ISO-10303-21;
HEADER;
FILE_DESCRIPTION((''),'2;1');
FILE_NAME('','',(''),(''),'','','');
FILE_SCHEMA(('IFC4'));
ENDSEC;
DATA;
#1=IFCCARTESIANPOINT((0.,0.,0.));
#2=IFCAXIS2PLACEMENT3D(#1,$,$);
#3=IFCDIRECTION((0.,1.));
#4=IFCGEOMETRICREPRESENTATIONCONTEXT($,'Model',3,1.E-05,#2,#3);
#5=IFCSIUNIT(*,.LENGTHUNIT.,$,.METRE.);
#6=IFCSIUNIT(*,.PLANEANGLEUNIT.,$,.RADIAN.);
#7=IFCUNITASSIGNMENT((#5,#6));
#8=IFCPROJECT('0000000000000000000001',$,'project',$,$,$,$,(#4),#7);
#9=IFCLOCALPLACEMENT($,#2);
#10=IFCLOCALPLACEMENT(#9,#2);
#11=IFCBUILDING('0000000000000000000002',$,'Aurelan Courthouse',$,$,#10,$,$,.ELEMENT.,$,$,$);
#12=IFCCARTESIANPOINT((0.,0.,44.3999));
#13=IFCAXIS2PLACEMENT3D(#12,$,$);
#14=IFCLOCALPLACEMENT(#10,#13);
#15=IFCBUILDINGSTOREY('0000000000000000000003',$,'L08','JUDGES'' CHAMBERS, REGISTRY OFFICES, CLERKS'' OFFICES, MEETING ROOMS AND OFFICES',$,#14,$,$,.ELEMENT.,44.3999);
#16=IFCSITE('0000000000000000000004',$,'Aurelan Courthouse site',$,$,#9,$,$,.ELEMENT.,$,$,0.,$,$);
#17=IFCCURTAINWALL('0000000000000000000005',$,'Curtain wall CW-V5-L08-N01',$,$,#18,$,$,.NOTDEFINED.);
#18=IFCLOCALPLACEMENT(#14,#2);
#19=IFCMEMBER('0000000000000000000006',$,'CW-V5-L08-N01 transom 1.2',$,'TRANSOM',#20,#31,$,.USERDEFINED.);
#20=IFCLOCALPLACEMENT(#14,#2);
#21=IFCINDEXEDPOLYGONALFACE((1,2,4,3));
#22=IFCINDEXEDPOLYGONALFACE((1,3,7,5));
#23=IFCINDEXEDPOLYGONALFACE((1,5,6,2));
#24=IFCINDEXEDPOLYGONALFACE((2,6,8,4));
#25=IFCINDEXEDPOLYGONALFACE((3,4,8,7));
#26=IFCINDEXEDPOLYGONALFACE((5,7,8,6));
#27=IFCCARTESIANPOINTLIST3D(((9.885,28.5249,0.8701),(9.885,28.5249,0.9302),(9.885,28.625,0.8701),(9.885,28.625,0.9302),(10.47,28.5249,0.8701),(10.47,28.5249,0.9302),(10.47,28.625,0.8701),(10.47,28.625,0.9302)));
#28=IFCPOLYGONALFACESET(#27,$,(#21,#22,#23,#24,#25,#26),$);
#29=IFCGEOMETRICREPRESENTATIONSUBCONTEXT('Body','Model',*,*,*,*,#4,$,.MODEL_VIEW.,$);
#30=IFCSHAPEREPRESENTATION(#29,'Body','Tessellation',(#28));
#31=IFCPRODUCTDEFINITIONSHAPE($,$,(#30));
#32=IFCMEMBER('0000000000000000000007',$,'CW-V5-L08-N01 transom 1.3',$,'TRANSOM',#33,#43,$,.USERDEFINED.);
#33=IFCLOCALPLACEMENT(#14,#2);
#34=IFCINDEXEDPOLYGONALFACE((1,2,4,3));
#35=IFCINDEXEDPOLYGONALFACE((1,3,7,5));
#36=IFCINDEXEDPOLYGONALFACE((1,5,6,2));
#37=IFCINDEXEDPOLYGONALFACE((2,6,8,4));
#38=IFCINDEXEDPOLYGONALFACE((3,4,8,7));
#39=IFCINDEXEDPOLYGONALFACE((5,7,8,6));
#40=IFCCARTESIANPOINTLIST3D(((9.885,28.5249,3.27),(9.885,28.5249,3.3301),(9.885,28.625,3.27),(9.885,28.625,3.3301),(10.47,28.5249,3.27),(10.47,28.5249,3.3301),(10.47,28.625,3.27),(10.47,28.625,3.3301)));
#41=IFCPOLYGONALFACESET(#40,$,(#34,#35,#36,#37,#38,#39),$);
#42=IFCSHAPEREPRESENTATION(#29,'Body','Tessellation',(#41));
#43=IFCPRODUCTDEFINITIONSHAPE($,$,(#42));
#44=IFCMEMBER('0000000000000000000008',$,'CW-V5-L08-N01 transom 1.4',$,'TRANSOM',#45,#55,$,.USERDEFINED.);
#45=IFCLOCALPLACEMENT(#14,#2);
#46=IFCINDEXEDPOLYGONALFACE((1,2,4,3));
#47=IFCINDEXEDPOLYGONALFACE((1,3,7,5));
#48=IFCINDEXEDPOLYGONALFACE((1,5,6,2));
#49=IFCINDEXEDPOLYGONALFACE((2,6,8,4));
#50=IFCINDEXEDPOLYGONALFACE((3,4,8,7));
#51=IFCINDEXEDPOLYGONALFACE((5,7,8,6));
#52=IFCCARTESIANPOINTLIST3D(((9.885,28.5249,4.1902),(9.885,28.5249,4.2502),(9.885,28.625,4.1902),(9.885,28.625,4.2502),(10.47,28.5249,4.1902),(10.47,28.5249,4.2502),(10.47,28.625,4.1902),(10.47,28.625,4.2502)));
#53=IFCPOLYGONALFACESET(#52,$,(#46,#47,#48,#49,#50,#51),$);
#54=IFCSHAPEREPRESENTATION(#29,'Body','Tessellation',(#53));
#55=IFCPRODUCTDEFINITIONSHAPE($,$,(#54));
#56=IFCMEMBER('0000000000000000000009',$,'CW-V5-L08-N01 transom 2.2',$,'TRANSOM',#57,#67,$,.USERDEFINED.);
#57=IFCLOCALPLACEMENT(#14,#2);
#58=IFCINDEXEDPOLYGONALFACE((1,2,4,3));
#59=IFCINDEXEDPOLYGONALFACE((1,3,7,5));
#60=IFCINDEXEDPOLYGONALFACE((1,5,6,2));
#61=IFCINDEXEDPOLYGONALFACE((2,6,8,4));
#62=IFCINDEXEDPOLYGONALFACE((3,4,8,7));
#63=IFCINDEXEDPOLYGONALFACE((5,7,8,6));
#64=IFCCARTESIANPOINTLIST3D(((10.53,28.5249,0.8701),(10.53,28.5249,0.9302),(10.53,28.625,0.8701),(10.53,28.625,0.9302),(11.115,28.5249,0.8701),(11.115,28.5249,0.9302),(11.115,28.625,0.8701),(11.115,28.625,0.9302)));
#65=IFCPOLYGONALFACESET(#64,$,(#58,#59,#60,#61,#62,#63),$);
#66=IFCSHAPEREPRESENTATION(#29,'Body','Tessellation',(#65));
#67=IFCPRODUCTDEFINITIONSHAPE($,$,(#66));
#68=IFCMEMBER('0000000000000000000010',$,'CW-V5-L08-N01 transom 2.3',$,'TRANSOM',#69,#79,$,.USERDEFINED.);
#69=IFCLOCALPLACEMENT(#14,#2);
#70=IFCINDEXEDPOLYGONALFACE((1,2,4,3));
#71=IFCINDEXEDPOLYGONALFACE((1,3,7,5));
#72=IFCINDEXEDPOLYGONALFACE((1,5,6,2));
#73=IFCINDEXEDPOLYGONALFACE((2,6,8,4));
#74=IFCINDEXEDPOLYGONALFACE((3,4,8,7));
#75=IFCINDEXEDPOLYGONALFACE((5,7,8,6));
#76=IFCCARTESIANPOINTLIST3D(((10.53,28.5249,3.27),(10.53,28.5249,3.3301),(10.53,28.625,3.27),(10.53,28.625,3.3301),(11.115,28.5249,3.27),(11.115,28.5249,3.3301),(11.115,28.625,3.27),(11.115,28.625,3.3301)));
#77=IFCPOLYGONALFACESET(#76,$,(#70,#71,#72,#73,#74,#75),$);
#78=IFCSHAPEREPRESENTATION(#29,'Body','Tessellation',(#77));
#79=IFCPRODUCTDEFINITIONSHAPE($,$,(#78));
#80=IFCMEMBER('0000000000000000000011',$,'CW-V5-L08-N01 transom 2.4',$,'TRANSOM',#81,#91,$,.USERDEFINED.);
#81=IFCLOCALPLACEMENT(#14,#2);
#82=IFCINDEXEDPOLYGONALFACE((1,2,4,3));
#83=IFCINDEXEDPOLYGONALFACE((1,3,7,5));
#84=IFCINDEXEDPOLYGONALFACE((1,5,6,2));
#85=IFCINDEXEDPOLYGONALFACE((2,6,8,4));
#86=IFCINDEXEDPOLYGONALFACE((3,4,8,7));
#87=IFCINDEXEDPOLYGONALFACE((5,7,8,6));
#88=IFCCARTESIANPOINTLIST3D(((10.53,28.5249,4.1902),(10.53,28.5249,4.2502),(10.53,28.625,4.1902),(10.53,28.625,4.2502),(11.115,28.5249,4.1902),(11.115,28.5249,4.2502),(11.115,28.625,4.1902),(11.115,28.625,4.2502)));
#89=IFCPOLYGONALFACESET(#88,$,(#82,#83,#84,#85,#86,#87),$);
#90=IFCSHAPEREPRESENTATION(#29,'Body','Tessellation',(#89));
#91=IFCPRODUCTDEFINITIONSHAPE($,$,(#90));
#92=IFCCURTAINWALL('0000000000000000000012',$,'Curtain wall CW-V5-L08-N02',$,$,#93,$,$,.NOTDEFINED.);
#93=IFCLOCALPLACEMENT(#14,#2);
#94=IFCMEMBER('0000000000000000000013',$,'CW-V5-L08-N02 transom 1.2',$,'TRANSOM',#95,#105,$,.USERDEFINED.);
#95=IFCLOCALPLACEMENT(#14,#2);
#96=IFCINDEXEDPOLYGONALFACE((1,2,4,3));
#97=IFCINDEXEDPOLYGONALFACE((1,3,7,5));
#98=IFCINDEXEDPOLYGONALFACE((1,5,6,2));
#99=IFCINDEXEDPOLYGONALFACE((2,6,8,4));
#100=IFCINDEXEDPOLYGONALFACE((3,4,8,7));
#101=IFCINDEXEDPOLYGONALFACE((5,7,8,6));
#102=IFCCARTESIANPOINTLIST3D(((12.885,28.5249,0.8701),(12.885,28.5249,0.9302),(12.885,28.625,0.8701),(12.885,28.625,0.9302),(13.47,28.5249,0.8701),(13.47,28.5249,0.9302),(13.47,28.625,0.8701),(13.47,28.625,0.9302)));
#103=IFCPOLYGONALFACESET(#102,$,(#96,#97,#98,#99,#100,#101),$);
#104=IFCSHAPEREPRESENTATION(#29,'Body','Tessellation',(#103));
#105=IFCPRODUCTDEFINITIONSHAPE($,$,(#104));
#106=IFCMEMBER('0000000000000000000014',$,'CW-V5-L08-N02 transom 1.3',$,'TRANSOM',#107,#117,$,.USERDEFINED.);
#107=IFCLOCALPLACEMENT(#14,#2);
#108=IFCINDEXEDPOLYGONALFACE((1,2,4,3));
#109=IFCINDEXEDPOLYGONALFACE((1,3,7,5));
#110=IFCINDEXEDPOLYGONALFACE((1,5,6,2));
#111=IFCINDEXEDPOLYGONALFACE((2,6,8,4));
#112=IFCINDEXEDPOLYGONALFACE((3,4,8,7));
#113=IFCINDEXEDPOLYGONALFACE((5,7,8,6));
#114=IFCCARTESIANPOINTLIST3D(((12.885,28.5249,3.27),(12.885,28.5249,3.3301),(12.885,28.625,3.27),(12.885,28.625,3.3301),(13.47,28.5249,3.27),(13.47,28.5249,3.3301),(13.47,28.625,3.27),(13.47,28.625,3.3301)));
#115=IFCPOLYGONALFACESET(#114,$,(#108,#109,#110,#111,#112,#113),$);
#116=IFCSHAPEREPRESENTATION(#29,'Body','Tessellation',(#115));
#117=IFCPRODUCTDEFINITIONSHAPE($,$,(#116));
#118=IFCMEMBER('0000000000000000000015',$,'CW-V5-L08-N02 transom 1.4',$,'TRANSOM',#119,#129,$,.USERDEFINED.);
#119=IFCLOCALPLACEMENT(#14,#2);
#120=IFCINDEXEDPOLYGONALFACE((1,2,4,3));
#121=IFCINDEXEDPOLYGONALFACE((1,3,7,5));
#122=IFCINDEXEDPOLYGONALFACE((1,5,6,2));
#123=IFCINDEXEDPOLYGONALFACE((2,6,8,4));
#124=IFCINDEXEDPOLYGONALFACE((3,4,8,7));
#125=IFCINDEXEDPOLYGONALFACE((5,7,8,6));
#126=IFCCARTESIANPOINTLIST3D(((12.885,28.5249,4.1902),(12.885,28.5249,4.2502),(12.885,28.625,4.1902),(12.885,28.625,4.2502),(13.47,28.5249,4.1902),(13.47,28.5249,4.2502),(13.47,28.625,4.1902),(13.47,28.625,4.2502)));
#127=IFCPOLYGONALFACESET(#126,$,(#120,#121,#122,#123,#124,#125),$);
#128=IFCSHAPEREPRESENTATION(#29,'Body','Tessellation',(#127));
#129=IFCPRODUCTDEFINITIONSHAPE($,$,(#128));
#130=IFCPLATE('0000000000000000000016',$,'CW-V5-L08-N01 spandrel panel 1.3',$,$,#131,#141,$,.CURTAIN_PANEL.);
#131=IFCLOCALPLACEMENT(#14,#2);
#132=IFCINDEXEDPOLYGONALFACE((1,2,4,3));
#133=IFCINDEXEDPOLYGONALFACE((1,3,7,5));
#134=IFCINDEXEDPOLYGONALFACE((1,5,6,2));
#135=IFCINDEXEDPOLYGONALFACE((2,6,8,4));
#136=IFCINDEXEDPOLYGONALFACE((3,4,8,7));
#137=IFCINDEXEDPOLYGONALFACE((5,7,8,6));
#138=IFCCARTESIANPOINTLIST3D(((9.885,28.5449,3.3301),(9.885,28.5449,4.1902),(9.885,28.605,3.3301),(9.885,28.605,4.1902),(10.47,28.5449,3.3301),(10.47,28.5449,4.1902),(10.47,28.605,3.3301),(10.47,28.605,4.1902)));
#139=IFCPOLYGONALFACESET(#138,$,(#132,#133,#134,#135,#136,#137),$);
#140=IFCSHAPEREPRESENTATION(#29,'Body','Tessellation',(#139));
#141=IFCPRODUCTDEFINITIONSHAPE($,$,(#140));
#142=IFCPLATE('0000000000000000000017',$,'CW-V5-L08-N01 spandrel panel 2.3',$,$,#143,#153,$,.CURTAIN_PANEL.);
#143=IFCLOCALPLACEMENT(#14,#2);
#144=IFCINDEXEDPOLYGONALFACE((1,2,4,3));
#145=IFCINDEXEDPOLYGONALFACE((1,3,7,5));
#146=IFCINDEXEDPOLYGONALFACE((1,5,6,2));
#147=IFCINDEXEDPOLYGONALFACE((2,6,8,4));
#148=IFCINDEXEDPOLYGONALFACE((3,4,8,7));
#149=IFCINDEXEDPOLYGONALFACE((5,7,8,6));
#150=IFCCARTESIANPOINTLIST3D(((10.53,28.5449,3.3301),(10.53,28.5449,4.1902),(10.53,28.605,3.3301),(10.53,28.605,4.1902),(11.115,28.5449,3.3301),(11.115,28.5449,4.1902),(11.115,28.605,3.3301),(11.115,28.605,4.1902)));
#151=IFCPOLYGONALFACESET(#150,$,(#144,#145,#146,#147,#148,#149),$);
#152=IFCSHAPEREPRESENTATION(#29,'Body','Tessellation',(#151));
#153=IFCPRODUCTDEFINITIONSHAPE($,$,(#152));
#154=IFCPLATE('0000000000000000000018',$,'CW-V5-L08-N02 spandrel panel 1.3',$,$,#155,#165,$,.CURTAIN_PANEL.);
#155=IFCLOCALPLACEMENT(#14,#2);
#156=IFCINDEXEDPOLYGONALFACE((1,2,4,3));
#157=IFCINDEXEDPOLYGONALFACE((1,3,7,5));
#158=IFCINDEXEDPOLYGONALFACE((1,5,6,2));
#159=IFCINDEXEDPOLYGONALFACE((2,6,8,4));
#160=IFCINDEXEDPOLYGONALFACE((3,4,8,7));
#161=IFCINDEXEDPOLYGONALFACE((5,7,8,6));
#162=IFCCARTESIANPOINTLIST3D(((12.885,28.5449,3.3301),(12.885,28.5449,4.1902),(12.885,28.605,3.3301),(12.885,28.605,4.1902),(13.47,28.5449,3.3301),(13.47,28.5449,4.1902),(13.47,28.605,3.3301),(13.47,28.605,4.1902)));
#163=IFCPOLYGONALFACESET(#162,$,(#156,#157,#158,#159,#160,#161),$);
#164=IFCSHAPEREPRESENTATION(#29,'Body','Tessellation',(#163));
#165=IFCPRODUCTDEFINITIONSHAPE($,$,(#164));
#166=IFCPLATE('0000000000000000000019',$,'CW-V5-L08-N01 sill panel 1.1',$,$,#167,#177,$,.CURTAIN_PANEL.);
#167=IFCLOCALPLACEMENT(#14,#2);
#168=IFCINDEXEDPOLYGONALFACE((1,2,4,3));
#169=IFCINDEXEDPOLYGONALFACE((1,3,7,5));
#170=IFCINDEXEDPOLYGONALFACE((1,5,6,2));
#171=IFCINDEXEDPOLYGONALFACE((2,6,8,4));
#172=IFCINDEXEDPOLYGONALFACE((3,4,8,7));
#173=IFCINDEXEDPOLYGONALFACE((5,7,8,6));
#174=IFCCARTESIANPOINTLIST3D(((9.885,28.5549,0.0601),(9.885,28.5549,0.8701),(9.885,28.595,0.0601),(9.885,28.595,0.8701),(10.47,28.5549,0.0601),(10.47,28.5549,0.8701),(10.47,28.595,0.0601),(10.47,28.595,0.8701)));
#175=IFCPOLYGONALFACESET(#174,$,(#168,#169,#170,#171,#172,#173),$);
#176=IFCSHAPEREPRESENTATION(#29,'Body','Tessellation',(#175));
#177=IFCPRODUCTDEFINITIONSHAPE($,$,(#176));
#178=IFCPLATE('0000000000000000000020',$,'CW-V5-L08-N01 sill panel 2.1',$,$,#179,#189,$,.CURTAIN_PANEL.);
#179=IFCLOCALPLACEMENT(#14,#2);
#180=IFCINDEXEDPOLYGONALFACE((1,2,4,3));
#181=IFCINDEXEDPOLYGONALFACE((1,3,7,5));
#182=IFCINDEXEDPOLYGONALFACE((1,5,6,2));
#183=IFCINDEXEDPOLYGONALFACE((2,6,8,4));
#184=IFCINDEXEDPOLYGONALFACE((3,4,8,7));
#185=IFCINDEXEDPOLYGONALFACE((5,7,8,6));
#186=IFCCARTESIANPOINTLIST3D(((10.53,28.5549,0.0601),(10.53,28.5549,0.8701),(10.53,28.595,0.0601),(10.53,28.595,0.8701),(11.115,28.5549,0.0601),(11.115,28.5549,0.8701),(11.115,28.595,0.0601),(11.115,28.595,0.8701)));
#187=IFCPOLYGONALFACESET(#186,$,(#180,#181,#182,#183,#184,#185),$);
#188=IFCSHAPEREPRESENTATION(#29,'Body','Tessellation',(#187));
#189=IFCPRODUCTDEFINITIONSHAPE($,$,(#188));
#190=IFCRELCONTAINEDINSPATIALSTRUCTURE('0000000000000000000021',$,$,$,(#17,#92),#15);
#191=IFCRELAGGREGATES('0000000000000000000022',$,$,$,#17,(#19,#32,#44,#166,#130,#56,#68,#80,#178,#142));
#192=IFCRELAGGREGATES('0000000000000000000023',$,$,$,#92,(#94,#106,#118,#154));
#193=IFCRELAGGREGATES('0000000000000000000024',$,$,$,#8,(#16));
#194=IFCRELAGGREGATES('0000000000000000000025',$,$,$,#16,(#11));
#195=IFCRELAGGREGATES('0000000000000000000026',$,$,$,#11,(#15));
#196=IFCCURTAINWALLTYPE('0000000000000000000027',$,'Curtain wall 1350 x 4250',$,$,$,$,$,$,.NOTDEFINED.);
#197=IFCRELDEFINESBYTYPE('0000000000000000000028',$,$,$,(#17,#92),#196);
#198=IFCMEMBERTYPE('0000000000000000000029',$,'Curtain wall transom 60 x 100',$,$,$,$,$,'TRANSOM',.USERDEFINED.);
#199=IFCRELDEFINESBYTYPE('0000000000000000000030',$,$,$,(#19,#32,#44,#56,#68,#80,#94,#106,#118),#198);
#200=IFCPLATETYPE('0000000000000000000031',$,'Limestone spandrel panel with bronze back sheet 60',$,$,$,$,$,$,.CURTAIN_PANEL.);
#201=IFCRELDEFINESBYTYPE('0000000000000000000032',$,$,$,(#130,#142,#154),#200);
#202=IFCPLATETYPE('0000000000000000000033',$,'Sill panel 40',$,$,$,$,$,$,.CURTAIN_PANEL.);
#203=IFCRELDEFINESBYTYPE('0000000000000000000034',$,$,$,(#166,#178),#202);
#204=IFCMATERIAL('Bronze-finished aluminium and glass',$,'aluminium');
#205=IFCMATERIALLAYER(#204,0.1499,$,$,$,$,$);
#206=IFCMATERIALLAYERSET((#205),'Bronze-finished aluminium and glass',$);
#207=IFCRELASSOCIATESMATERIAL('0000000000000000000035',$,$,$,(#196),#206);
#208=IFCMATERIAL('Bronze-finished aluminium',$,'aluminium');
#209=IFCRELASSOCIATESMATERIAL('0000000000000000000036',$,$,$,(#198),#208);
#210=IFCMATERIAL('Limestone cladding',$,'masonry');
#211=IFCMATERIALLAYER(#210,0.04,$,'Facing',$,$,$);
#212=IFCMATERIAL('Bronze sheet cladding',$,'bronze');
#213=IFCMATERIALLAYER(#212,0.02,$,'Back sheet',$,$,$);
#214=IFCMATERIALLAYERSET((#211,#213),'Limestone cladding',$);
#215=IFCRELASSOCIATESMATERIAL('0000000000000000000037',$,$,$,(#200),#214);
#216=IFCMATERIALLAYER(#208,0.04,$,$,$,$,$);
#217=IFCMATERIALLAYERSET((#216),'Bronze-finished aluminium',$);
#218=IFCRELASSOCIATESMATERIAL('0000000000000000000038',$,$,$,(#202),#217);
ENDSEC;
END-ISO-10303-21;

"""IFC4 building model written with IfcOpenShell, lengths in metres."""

from ifc_helpers import new_model, si_unit, direction, frame, origin, origin_2d, place, context, subcontext, project, spatial, rectangle, extrude, material, layer, layer_set, material_profile, profile_set, type_object, element, aggregate, save


model = new_model("IFC4")

# Units and contexts
model_context = context("Model", 3, precision=1e-05, world=origin(), true_north=direction((0.0, 1.0)))
body_context = subcontext(model_context, "Body", "Model", "MODEL_VIEW")
ifc_project = project(units=[si_unit("LENGTHUNIT", "METRE"), si_unit("PLANEANGLEUNIT", "RADIAN")], contexts=[model_context])

# Site, building, storey
site_placement = place(None, origin())
site = spatial("IfcSite", under=ifc_project, at=site_placement, Name="Aurelan Courthouse site", CompositionType="ELEMENT", RefElevation=0.0)
building_placement = place(site_placement, origin())
building = spatial("IfcBuilding", under=site, at=building_placement, Name="Aurelan Courthouse", CompositionType="ELEMENT")
storey_placement = place(building_placement, frame((0.0, 0.0, 44.3999)))
storey = spatial("IfcBuildingStorey", under=building, at=storey_placement, Name="L08", Description="JUDGES' CHAMBERS, REGISTRY OFFICES, CLERKS' OFFICES, MEETING ROOMS AND OFFICES", CompositionType="ELEMENT", Elevation=44.3999)

# Curtain walls, members
ifc_material_1 = material(Name="Bronze-finished aluminium and glass", Category="aluminium")
ifc_layer_1 = layer(ifc_material_1, 0.1499)
ifc_layer_set_1 = layer_set([ifc_layer_1], Name="Bronze-finished aluminium and glass")
curtain_wall_type = type_object("IfcCurtainWallType", Name="Curtain wall 1350 x 4250", PredefinedType="NOTDEFINED", material=ifc_layer_set_1)
curtain_wall_1_placement = place(storey_placement, origin())
curtain_wall_1 = element("IfcCurtainWall", 1, at=curtain_wall_1_placement, inside=storey, type_object=curtain_wall_type, Name="Curtain wall CW-V5-L08-N01", PredefinedType="NOTDEFINED")
ifc_material_2 = material(Name="Bronze-finished aluminium", Category="aluminium")
ifc_material_profile = material_profile(ifc_material_2, rectangle(XDim=0.1001, YDim=0.0601, at=origin_2d()), Name="Bronze transom 60 x 100")
ifc_profile_set = profile_set([ifc_material_profile], Name="Bronze-finished aluminium")
member_type = type_object("IfcMemberType", Name="Curtain wall transom 60 x 100", ElementType="TRANSOM", PredefinedType="USERDEFINED", material=ifc_profile_set)
member_1_placement = place(storey_placement, frame((9.885, 28.575, 0.9001), z_axis=(1.0, 0.0, 0.0), x_axis=(0.0, 1.0, 0.0)))
member_1 = element("IfcMember", 2, at=member_1_placement, type_object=member_type, Name="CW-V5-L08-N01 transom 1.2", ObjectType="TRANSOM", PredefinedType="USERDEFINED", context=body_context, shape_type="SweptSolid", body=[
    extrude(rectangle(XDim=0.1001, YDim=0.0601, at=origin_2d()), origin(), (0.0, 0.0, 1.0), 0.585),
])
member_2_placement = place(storey_placement, frame((9.885, 28.575, 3.3), z_axis=(1.0, 0.0, 0.0), x_axis=(0.0, 1.0, 0.0)))
member_2 = element("IfcMember", 3, at=member_2_placement, type_object=member_type, Name="CW-V5-L08-N01 transom 1.3", ObjectType="TRANSOM", PredefinedType="USERDEFINED", context=body_context, shape_type="SweptSolid", body=[
    extrude(rectangle(XDim=0.1001, YDim=0.0601, at=origin_2d()), origin(), (0.0, 0.0, 1.0), 0.585),
])
member_3_placement = place(storey_placement, frame((9.885, 28.575, 4.2202), z_axis=(1.0, 0.0, 0.0), x_axis=(0.0, 1.0, 0.0)))
member_3 = element("IfcMember", 4, at=member_3_placement, type_object=member_type, Name="CW-V5-L08-N01 transom 1.4", ObjectType="TRANSOM", PredefinedType="USERDEFINED", context=body_context, shape_type="SweptSolid", body=[
    extrude(rectangle(XDim=0.1001, YDim=0.0601, at=origin_2d()), origin(), (0.0, 0.0, 1.0), 0.585),
])
member_4_placement = place(storey_placement, frame((10.53, 28.575, 0.9001), z_axis=(1.0, 0.0, 0.0), x_axis=(0.0, 1.0, 0.0)))
member_4 = element("IfcMember", 5, at=member_4_placement, type_object=member_type, Name="CW-V5-L08-N01 transom 2.2", ObjectType="TRANSOM", PredefinedType="USERDEFINED", context=body_context, shape_type="SweptSolid", body=[
    extrude(rectangle(XDim=0.1001, YDim=0.0601, at=origin_2d()), origin(), (0.0, 0.0, 1.0), 0.585),
])
member_5_placement = place(storey_placement, frame((10.53, 28.575, 3.3), z_axis=(1.0, 0.0, 0.0), x_axis=(0.0, 1.0, 0.0)))
member_5 = element("IfcMember", 6, at=member_5_placement, type_object=member_type, Name="CW-V5-L08-N01 transom 2.3", ObjectType="TRANSOM", PredefinedType="USERDEFINED", context=body_context, shape_type="SweptSolid", body=[
    extrude(rectangle(XDim=0.1001, YDim=0.0601, at=origin_2d()), origin(), (0.0, 0.0, 1.0), 0.585),
])
member_6_placement = place(storey_placement, frame((10.53, 28.575, 4.2202), z_axis=(1.0, 0.0, 0.0), x_axis=(0.0, 1.0, 0.0)))
member_6 = element("IfcMember", 7, at=member_6_placement, type_object=member_type, Name="CW-V5-L08-N01 transom 2.4", ObjectType="TRANSOM", PredefinedType="USERDEFINED", context=body_context, shape_type="SweptSolid", body=[
    extrude(rectangle(XDim=0.1001, YDim=0.0601, at=origin_2d()), origin(), (0.0, 0.0, 1.0), 0.585),
])
curtain_wall_2_placement = place(storey_placement, origin())
curtain_wall_2 = element("IfcCurtainWall", 8, at=curtain_wall_2_placement, inside=storey, type_object=curtain_wall_type, Name="Curtain wall CW-V5-L08-N02", PredefinedType="NOTDEFINED")
member_7_placement = place(storey_placement, frame((12.885, 28.575, 0.9001), z_axis=(1.0, 0.0, 0.0), x_axis=(0.0, 1.0, 0.0)))
member_7 = element("IfcMember", 9, at=member_7_placement, type_object=member_type, Name="CW-V5-L08-N02 transom 1.2", ObjectType="TRANSOM", PredefinedType="USERDEFINED", context=body_context, shape_type="SweptSolid", body=[
    extrude(rectangle(XDim=0.1001, YDim=0.0601, at=origin_2d()), origin(), (0.0, 0.0, 1.0), 0.585),
])
member_8_placement = place(storey_placement, frame((12.885, 28.575, 3.3), z_axis=(1.0, 0.0, 0.0), x_axis=(0.0, 1.0, 0.0)))
member_8 = element("IfcMember", 10, at=member_8_placement, type_object=member_type, Name="CW-V5-L08-N02 transom 1.3", ObjectType="TRANSOM", PredefinedType="USERDEFINED", context=body_context, shape_type="SweptSolid", body=[
    extrude(rectangle(XDim=0.1001, YDim=0.0601, at=origin_2d()), origin(), (0.0, 0.0, 1.0), 0.585),
])
member_9_placement = place(storey_placement, frame((12.885, 28.575, 4.2202), z_axis=(1.0, 0.0, 0.0), x_axis=(0.0, 1.0, 0.0)))
member_9 = element("IfcMember", 11, at=member_9_placement, type_object=member_type, Name="CW-V5-L08-N02 transom 1.4", ObjectType="TRANSOM", PredefinedType="USERDEFINED", context=body_context, shape_type="SweptSolid", body=[
    extrude(rectangle(XDim=0.1001, YDim=0.0601, at=origin_2d()), origin(), (0.0, 0.0, 1.0), 0.585),
])

# Plates
ifc_material_3 = material(Name="Limestone cladding", Category="masonry")
ifc_layer_2 = layer(ifc_material_3, 0.04, Name="Facing")
ifc_material_4 = material(Name="Bronze sheet cladding", Category="bronze")
ifc_layer_3 = layer(ifc_material_4, 0.02, Name="Back sheet")
ifc_layer_set_2 = layer_set([ifc_layer_2, ifc_layer_3], Name="Limestone cladding")
plate_type_1 = type_object("IfcPlateType", Name="Limestone spandrel panel with bronze back sheet 60", PredefinedType="CURTAIN_PANEL", material=ifc_layer_set_2)
plate_1_placement = place(storey_placement, frame((10.1775, 28.575, 3.3301), z_axis=(0.0, 0.0, 1.0), x_axis=(1.0, 0.0, 0.0)))
plate_1 = element("IfcPlate", 12, at=plate_1_placement, type_object=plate_type_1, Name="CW-V5-L08-N01 spandrel panel 1.3", PredefinedType="CURTAIN_PANEL", context=body_context, shape_type="SweptSolid", body=[
    extrude(rectangle(XDim=0.585, YDim=0.0601, at=origin_2d()), origin(), (0.0, 0.0, 1.0), 0.8601),
])
plate_2_placement = place(storey_placement, frame((10.8225, 28.575, 3.3301), z_axis=(0.0, 0.0, 1.0), x_axis=(1.0, 0.0, 0.0)))
plate_2 = element("IfcPlate", 13, at=plate_2_placement, type_object=plate_type_1, Name="CW-V5-L08-N01 spandrel panel 2.3", PredefinedType="CURTAIN_PANEL", context=body_context, shape_type="SweptSolid", body=[
    extrude(rectangle(XDim=0.585, YDim=0.0601, at=origin_2d()), origin(), (0.0, 0.0, 1.0), 0.8601),
])
plate_3_placement = place(storey_placement, frame((13.1775, 28.575, 3.3301), z_axis=(0.0, 0.0, 1.0), x_axis=(1.0, 0.0, 0.0)))
plate_3 = element("IfcPlate", 14, at=plate_3_placement, type_object=plate_type_1, Name="CW-V5-L08-N02 spandrel panel 1.3", PredefinedType="CURTAIN_PANEL", context=body_context, shape_type="SweptSolid", body=[
    extrude(rectangle(XDim=0.585, YDim=0.0601, at=origin_2d()), origin(), (0.0, 0.0, 1.0), 0.8601),
])
ifc_layer_4 = layer(ifc_material_2, 0.04)
ifc_layer_set_3 = layer_set([ifc_layer_4], Name="Bronze-finished aluminium")
plate_type_2 = type_object("IfcPlateType", Name="Sill panel 40", PredefinedType="CURTAIN_PANEL", material=ifc_layer_set_3)
plate_4_placement = place(storey_placement, frame((10.1775, 28.575, 0.0601), z_axis=(0.0, 0.0, 1.0), x_axis=(1.0, 0.0, 0.0)))
plate_4 = element("IfcPlate", 15, at=plate_4_placement, type_object=plate_type_2, Name="CW-V5-L08-N01 sill panel 1.1", PredefinedType="CURTAIN_PANEL", context=body_context, shape_type="SweptSolid", body=[
    extrude(rectangle(XDim=0.585, YDim=0.04, at=origin_2d()), origin(), (0.0, 0.0, 1.0), 0.8101),
])
plate_5_placement = place(storey_placement, frame((10.8225, 28.575, 0.0601), z_axis=(0.0, 0.0, 1.0), x_axis=(1.0, 0.0, 0.0)))
plate_5 = element("IfcPlate", 16, at=plate_5_placement, type_object=plate_type_2, Name="CW-V5-L08-N01 sill panel 2.1", PredefinedType="CURTAIN_PANEL", context=body_context, shape_type="SweptSolid", body=[
    extrude(rectangle(XDim=0.585, YDim=0.04, at=origin_2d()), origin(), (0.0, 0.0, 1.0), 0.8101),
])
aggregate(curtain_wall_1, [member_1, member_2, member_3, plate_4, plate_1, member_4, member_5, member_6, plate_5, plate_2])
aggregate(curtain_wall_2, [member_7, member_8, member_9, plate_3])

save(model, "model.ifc")
